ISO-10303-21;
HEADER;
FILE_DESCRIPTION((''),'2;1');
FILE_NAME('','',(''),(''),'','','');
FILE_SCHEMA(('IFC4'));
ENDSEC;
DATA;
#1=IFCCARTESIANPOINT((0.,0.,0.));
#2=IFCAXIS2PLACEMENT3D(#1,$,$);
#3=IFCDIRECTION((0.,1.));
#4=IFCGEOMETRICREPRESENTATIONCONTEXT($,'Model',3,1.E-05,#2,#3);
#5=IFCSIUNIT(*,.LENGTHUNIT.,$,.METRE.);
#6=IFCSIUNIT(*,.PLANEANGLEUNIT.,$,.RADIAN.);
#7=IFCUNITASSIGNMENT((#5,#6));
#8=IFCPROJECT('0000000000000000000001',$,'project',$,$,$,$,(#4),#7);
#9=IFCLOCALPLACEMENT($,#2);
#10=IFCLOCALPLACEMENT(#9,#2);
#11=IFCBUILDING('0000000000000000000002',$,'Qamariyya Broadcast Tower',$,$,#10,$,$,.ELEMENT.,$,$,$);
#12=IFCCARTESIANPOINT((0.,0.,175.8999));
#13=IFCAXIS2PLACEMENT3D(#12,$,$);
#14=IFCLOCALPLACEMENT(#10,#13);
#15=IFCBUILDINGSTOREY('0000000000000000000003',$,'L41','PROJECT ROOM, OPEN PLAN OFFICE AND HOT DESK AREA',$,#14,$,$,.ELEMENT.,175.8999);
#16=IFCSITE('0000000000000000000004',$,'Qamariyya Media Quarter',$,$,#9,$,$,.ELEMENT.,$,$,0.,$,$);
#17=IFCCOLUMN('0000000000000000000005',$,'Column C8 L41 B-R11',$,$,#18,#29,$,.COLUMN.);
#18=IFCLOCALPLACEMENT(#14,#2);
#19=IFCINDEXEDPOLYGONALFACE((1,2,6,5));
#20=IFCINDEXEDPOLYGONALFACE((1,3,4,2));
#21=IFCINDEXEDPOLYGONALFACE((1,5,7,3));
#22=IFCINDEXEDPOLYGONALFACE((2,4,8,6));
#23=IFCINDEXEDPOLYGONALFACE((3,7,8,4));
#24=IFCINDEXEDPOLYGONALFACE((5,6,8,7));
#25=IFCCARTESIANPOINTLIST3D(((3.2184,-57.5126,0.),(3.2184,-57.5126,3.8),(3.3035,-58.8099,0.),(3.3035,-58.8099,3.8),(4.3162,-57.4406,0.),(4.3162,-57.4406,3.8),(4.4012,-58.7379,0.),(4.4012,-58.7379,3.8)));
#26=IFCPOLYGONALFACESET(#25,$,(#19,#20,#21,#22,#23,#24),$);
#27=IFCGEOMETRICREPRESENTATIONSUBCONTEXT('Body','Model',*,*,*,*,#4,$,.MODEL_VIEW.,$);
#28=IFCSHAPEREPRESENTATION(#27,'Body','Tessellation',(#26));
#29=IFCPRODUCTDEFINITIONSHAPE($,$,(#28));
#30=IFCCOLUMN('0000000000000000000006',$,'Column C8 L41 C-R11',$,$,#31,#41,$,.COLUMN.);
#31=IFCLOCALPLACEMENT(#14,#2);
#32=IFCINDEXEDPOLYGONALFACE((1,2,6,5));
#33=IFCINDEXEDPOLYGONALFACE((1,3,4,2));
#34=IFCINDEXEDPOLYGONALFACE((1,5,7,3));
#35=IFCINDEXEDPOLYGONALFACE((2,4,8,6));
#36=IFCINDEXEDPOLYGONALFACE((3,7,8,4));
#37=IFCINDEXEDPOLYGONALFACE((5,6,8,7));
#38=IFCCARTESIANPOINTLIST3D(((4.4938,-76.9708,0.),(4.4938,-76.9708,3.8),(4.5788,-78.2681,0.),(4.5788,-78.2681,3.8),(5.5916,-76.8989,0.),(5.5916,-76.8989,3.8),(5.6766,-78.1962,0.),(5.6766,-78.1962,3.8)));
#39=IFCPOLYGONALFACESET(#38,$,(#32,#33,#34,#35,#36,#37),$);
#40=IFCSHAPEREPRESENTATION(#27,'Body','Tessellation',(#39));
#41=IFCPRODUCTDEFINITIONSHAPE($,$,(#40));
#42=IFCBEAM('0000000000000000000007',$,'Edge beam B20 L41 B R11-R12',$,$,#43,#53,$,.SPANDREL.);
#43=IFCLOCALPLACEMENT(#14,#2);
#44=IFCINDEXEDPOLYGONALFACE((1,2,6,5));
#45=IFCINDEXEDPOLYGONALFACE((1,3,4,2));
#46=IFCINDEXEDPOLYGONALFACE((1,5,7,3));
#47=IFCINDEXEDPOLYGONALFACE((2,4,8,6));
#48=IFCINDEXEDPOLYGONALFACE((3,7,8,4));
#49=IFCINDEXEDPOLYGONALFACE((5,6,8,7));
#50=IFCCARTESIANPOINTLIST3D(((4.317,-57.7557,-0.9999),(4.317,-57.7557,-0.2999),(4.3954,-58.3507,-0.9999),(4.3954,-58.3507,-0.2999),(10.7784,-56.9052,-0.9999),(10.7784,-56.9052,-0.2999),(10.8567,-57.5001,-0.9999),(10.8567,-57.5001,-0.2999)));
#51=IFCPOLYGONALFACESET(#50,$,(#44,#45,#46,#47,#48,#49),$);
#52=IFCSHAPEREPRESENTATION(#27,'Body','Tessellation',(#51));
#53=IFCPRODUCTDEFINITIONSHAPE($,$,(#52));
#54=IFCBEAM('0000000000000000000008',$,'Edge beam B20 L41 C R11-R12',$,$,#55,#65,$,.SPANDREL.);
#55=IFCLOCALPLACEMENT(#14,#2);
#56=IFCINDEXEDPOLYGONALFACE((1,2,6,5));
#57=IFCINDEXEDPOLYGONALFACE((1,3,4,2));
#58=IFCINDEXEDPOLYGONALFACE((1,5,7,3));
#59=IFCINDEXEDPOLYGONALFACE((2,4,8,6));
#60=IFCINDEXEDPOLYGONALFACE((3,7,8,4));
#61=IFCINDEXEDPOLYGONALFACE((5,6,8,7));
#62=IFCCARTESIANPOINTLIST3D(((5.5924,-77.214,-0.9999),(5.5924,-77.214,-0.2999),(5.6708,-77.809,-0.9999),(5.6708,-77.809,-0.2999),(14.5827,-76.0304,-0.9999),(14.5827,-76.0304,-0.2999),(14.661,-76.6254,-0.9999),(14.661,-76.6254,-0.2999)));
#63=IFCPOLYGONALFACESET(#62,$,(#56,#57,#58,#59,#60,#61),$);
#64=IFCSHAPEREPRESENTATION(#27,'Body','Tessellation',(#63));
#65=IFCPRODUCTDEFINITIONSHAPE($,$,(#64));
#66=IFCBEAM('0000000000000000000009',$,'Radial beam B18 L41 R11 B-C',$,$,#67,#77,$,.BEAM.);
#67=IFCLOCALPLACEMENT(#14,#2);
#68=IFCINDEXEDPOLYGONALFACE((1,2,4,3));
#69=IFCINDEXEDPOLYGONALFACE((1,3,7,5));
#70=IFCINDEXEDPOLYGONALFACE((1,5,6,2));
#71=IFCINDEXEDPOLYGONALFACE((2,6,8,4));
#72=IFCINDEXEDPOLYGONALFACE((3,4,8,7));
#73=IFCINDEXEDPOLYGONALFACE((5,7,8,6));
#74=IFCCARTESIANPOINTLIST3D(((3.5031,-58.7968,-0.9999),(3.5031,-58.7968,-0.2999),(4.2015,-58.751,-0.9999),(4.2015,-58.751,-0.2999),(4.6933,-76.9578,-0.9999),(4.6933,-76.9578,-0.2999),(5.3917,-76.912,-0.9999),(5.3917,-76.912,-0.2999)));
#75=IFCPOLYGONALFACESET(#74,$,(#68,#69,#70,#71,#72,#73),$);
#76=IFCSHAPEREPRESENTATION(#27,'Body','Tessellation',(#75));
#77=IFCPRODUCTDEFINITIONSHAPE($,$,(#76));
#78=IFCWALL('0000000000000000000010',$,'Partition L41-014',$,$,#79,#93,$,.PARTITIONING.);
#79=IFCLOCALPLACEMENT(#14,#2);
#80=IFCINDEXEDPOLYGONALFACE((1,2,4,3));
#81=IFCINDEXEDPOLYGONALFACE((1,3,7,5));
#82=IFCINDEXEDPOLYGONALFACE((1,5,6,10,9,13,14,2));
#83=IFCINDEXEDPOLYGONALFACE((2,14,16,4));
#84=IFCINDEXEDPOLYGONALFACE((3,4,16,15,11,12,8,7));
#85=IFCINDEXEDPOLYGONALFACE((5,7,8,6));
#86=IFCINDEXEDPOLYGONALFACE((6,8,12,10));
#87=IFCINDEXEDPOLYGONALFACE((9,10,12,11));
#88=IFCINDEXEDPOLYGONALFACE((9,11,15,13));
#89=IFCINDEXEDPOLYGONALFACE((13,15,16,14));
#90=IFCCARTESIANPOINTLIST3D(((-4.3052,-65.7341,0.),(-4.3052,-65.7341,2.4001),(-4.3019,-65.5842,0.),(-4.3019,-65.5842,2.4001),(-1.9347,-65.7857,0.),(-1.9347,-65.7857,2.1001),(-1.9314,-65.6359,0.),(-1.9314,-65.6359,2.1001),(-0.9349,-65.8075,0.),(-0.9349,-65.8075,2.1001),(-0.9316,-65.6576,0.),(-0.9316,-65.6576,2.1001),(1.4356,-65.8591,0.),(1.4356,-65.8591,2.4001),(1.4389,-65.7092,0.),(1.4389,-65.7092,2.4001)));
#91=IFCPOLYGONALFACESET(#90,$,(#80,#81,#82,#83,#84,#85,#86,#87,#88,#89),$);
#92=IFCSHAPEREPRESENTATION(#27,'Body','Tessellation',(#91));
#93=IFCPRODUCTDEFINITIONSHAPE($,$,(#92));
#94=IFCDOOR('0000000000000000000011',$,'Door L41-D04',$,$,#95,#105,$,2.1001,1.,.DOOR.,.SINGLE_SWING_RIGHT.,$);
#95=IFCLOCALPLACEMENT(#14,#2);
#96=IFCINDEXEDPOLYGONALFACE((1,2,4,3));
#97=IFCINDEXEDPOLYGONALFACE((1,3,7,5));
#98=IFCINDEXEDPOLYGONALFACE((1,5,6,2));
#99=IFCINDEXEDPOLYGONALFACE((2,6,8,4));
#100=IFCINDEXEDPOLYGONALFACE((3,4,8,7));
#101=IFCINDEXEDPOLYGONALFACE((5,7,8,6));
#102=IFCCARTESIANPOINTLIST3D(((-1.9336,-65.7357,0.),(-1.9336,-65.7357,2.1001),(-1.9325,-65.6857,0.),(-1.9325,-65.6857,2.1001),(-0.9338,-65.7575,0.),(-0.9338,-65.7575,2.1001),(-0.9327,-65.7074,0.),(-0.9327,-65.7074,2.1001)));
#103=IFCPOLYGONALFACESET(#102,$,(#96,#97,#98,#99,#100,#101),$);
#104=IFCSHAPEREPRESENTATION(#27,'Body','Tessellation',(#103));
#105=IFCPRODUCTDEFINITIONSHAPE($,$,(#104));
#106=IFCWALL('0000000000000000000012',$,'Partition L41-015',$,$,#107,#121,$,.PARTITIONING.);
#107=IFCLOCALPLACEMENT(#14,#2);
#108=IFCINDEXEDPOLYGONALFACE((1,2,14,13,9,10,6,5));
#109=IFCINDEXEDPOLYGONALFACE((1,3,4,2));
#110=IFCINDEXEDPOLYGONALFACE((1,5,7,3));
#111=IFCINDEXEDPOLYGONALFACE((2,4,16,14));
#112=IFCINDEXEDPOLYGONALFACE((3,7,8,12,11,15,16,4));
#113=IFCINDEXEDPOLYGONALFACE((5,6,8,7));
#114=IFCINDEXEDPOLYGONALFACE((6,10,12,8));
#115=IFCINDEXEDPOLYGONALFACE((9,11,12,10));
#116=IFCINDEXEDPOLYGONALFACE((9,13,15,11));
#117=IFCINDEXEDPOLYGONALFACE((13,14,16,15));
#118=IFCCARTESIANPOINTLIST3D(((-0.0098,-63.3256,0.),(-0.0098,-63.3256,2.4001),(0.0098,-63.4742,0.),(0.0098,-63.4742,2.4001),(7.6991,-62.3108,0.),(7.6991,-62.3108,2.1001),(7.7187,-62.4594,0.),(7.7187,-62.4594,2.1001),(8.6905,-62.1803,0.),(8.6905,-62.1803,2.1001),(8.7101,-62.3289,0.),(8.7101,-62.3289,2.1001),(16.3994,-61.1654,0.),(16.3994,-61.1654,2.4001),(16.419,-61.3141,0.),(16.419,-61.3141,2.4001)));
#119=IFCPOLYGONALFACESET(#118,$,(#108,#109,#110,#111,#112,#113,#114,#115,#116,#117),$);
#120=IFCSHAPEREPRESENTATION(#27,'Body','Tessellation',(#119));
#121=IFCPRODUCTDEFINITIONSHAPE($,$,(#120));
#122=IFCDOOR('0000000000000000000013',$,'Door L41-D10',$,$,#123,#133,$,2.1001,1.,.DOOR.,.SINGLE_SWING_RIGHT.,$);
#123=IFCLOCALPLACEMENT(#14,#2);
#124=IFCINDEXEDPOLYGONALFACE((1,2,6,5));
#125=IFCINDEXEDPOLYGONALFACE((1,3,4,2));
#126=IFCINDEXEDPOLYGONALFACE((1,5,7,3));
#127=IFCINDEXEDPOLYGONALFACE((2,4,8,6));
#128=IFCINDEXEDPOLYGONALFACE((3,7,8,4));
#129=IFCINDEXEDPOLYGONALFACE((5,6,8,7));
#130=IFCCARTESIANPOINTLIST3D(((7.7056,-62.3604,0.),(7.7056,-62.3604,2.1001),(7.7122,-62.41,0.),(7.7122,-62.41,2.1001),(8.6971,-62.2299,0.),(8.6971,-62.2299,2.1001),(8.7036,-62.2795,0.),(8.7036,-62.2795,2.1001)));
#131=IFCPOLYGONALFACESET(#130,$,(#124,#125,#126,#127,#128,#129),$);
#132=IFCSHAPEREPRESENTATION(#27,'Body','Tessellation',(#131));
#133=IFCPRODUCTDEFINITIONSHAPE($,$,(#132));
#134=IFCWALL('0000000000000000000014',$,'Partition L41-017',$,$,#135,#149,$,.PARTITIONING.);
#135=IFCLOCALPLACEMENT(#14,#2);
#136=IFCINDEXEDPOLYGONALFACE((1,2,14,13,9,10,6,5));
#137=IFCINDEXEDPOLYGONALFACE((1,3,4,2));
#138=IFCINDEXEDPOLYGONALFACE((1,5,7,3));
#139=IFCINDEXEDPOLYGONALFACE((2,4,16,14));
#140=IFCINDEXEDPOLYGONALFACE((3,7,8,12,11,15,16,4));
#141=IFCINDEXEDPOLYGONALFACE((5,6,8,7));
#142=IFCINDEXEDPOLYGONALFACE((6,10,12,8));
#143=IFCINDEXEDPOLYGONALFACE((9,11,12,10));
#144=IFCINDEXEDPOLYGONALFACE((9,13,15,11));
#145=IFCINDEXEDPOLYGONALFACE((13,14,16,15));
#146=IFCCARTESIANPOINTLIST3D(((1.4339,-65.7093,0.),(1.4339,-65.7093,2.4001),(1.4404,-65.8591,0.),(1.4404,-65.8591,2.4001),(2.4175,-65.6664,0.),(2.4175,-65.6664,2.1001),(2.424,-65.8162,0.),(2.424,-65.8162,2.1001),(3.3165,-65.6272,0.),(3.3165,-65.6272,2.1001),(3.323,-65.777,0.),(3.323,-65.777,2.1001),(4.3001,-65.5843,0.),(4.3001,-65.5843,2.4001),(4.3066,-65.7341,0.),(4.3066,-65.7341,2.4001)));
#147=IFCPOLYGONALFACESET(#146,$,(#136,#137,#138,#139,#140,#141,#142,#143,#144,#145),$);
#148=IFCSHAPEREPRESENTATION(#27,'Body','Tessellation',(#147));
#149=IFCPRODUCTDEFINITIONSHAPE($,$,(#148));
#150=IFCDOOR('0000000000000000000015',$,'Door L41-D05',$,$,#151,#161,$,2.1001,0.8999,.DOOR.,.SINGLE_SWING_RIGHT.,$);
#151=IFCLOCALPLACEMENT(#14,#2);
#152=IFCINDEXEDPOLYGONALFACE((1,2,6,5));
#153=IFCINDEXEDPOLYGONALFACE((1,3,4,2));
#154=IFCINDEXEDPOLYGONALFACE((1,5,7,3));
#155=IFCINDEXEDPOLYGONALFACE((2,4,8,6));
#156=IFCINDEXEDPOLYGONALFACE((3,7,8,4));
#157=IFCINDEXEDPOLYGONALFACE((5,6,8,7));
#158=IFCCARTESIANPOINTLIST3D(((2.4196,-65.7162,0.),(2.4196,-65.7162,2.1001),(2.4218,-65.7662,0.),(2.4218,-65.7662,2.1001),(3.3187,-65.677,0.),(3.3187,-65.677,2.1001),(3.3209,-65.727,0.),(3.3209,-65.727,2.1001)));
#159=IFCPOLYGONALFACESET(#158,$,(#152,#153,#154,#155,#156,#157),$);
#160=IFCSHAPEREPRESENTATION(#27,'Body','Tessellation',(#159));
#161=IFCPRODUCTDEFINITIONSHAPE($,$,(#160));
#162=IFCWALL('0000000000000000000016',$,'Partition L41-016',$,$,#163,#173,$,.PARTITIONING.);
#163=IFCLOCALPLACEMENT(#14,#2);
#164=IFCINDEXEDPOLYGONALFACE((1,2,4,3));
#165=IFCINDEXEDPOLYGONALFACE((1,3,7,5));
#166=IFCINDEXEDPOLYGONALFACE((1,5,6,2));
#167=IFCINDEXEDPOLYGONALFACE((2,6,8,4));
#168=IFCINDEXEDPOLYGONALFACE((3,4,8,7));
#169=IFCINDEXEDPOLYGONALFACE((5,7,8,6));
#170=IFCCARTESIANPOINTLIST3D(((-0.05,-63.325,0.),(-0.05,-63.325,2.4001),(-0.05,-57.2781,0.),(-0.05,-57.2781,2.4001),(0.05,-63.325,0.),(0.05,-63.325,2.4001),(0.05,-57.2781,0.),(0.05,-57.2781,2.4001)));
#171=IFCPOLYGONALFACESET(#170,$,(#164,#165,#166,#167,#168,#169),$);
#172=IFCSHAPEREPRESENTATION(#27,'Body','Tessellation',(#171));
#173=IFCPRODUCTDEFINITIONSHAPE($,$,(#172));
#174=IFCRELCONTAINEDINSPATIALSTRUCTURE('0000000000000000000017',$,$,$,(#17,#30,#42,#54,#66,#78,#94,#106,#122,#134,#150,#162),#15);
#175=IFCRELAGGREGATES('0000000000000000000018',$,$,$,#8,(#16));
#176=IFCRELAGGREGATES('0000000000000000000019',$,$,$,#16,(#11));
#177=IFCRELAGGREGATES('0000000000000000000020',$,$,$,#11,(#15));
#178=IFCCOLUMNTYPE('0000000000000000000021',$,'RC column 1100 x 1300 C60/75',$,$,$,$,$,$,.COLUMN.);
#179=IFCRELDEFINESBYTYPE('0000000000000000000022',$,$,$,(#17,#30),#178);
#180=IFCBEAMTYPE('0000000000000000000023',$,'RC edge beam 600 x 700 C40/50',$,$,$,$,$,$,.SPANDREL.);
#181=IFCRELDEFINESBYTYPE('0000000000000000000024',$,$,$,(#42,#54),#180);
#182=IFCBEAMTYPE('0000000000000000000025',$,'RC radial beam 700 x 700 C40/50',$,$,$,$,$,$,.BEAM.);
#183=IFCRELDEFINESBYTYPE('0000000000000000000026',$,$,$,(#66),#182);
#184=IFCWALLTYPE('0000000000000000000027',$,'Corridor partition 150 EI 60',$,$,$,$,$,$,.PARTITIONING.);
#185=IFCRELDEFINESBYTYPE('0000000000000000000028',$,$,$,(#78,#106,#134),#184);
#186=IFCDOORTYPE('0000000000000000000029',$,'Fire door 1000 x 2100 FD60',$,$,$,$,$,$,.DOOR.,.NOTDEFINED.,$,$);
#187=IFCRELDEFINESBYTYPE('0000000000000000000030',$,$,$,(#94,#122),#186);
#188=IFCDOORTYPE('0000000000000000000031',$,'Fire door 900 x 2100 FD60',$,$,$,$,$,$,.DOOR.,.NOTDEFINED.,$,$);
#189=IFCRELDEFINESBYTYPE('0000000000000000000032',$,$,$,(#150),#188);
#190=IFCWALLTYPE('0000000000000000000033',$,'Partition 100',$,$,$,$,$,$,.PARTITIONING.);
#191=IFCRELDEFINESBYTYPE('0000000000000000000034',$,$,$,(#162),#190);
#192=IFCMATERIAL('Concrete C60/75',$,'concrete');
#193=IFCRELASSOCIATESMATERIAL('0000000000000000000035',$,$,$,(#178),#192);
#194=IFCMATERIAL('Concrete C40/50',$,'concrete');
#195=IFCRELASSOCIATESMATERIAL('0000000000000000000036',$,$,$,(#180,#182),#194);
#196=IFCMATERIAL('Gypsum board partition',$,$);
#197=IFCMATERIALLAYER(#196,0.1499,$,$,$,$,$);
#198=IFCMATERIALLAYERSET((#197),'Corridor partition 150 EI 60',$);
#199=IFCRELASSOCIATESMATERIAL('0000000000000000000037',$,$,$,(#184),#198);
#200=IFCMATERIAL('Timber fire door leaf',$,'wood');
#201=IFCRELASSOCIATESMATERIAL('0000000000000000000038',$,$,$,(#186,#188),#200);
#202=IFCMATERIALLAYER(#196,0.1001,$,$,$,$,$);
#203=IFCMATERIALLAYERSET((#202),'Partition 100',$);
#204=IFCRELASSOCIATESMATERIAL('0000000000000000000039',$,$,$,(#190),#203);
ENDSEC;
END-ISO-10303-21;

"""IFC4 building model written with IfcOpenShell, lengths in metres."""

from ifc_helpers import new_model, si_unit, direction, frame, frame_2d, origin, origin_2d, place, context, subcontext, project, spatial, rectangle, extrude, material, layer, layer_set, material_profile, profile_set, type_object, element, fill, save


model = new_model("IFC4")

# Units and contexts
model_context = context("Model", 3, precision=1e-05, world=origin(), true_north=direction((0.0, 1.0)))
body_context = subcontext(model_context, "Body", "Model", "MODEL_VIEW")
ifc_project = project(units=[si_unit("LENGTHUNIT", "METRE"), si_unit("PLANEANGLEUNIT", "RADIAN")], contexts=[model_context])

# Site, building, storey
site_placement = place(None, origin())
site = spatial("IfcSite", under=ifc_project, at=site_placement, Name="Qamariyya Media Quarter", CompositionType="ELEMENT", RefElevation=0.0)
building_placement = place(site_placement, origin())
building = spatial("IfcBuilding", under=site, at=building_placement, Name="Qamariyya Broadcast Tower", CompositionType="ELEMENT")
storey_placement = place(building_placement, frame((0.0, 0.0, 175.8999)))
storey = spatial("IfcBuildingStorey", under=building, at=storey_placement, Name="L41", Description="PROJECT ROOM, OPEN PLAN OFFICE AND HOT DESK AREA", CompositionType="ELEMENT", Elevation=175.8999)

# Columns
ifc_material_1 = material(Name="Concrete C60/75", Category="concrete")
ifc_material_profile_1 = material_profile(ifc_material_1, rectangle(XDim=1.1001, YDim=1.3, at=origin_2d()))
ifc_profile_set_1 = profile_set([ifc_material_profile_1], Name="Concrete C60/75")
column_type = type_object("IfcColumnType", Name="RC column 1100 x 1300 C60/75", PredefinedType="COLUMN", material=ifc_profile_set_1)
for number, where, z_axis, x_axis, name in (
    (1, (3.8098, -58.1252, 0.0), (0.0, 0.0, 1.0), (0.997859, 0.065403, 0.0), "Column C8 L41 B-R11"),
    (2, (5.0852, -77.5835, 0.0), (0.0, 0.0, 1.0), (0.997859, 0.065403, 0.0), "Column C8 L41 C-R11"),
):
    element("IfcColumn", number, at=place(storey_placement, frame(where, z_axis=z_axis, x_axis=x_axis)), inside=storey, type_object=column_type, Name=name, PredefinedType="COLUMN", context=body_context, shape_type="SweptSolid", body=[
        extrude(rectangle(XDim=1.1001, YDim=1.3, at=origin_2d()), origin(), (0.0, 0.0, 1.0), 3.8),
    ])

# Beams
ifc_material_2 = material(Name="Concrete C40/50", Category="concrete")
ifc_material_profile_2 = material_profile(ifc_material_2, rectangle(XDim=0.6001, YDim=0.7, at=origin_2d()))
ifc_profile_set_2 = profile_set([ifc_material_profile_2], Name="Concrete C40/50")
beam_type_1 = type_object("IfcBeamType", Name="RC edge beam 600 x 700 C40/50", PredefinedType="SPANDREL", material=ifc_profile_set_2)
beam_1_placement = place(storey_placement, frame((4.3562, -58.0532, -0.6499), z_axis=(0.991446, 0.130515, 0.0), x_axis=(-0.130515, 0.991446, 0.0)))
element("IfcBeam", 3, at=beam_1_placement, inside=storey, type_object=beam_type_1, Name="Edge beam B20 L41 B R11-R12", PredefinedType="SPANDREL", context=body_context, shape_type="SweptSolid", body=[
    extrude(rectangle(XDim=0.6001, YDim=0.7, at=origin_2d()), origin(), (0.0, 0.0, 1.0), 6.5171),
])
beam_2_placement = place(storey_placement, frame((5.6316, -77.5115, -0.6499), z_axis=(0.991445, 0.130527, 0.0), x_axis=(-0.130527, 0.991445, 0.0)))
element("IfcBeam", 4, at=beam_2_placement, inside=storey, type_object=beam_type_1, Name="Edge beam B20 L41 C R11-R12", PredefinedType="SPANDREL", context=body_context, shape_type="SweptSolid", body=[
    extrude(rectangle(XDim=0.6001, YDim=0.7, at=origin_2d()), origin(), (0.0, 0.0, 1.0), 9.0679),
])
ifc_material_profile_3 = material_profile(ifc_material_2, rectangle(XDim=0.7, YDim=0.7, at=origin_2d()))
ifc_profile_set_3 = profile_set([ifc_material_profile_3], Name="Concrete C40/50")
beam_type_2 = type_object("IfcBeamType", Name="RC radial beam 700 x 700 C40/50", PredefinedType="BEAM", material=ifc_profile_set_3)
beam_3_placement = place(storey_placement, frame((3.8523, -58.7739, -0.6499), z_axis=(0.065395, -0.997859, 0.0), x_axis=(0.997859, 0.065395, 0.0)))
element("IfcBeam", 5, at=beam_3_placement, inside=storey, type_object=beam_type_2, Name="Radial beam B18 L41 R11 B-C", PredefinedType="BEAM", context=body_context, shape_type="SweptSolid", body=[
    extrude(rectangle(XDim=0.7, YDim=0.7, at=origin_2d()), origin(), (0.0, 0.0, 1.0), 18.2),
])

# Walls, openings, doors
ifc_material_3 = material(Name="Gypsum board partition")
ifc_layer_1 = layer(ifc_material_3, 0.1499)
ifc_layer_set_1 = layer_set([ifc_layer_1], Name="Corridor partition 150 EI 60")
wall_type_1 = type_object("IfcWallType", Name="Corridor partition 150 EI 60", PredefinedType="PARTITIONING", material=ifc_layer_set_1)
wall_1_placement = place(storey_placement, frame((1.4373, -65.7842, 0.0), z_axis=(0.0, 0.0, 1.0), x_axis=(-0.999763, 0.021769, 0.0)))
wall_1 = element("IfcWall", 6, at=wall_1_placement, inside=storey, type_object=wall_type_1, Name="Partition L41-014", PredefinedType="PARTITIONING", context=body_context, shape_type="SweptSolid", body=[
    extrude(rectangle(XDim=5.7422, YDim=0.1499, at=frame_2d((2.8711, 0.0))), origin(), (0.0, 0.0, 1.0), 2.4001),
])
opening_1_placement = place(wall_1_placement, frame((2.3711, 0.0, 0.0)))
opening_1 = element("IfcOpeningElement", 7, at=opening_1_placement, cuts=wall_1, PredefinedType="OPENING", context=body_context, shape_type="SweptSolid", body=[
    extrude(rectangle(XDim=1.0, YDim=2.1001, at=frame_2d((0.5, 1.05))), frame((0.0, 0.085, 0.0), z_axis=(0.0, -1.0, 0.0), x_axis=(1.0, 0.0, 0.0)), (0.0, 0.0, 1.0), 0.1699),
])
ifc_material_4 = material(Name="Timber fire door leaf", Category="wood")
door_type_1 = type_object("IfcDoorType", Name="Fire door 1000 x 2100 FD60", OperationType="NOTDEFINED", PredefinedType="DOOR", material=ifc_material_4)
door_1_placement = place(opening_1_placement, origin())
door_1 = element("IfcDoor", 8, at=door_1_placement, inside=storey, type_object=door_type_1, Name="Door L41-D04", OperationType="SINGLE_SWING_RIGHT", OverallHeight=2.1001, OverallWidth=1.0, PredefinedType="DOOR", context=body_context, shape_type="SweptSolid", body=[
    extrude(rectangle(XDim=1.0, YDim=2.1001, at=frame_2d((0.5, 1.05))), frame((0.0, 0.0249, 0.0), z_axis=(0.0, -1.0, 0.0), x_axis=(1.0, 0.0, 0.0)), (0.0, 0.0, 1.0), 0.05),
])
fill(opening_1, door_1)
wall_2_placement = place(storey_placement, frame((0.0, -63.3999, 0.0), z_axis=(0.0, 0.0, 1.0), x_axis=(0.991446, 0.130517, 0.0)))
wall_2 = element("IfcWall", 9, at=wall_2_placement, inside=storey, type_object=wall_type_1, Name="Partition L41-015", PredefinedType="PARTITIONING", context=body_context, shape_type="SweptSolid", body=[
    extrude(rectangle(XDim=16.5508, YDim=0.1499, at=frame_2d((8.2754, 0.0))), origin(), (0.0, 0.0, 1.0), 2.4001),
])
opening_2_placement = place(wall_2_placement, frame((7.7754, 0.0, 0.0)))
opening_2 = element("IfcOpeningElement", 10, at=opening_2_placement, cuts=wall_2, PredefinedType="OPENING", context=body_context, shape_type="SweptSolid", body=[
    extrude(rectangle(XDim=1.0, YDim=2.1001, at=frame_2d((0.5, 1.05))), frame((0.0, 0.085, 0.0), z_axis=(0.0, -1.0, 0.0), x_axis=(1.0, 0.0, 0.0)), (0.0, 0.0, 1.0), 0.1699),
])
door_2_placement = place(opening_2_placement, origin())
door_2 = element("IfcDoor", 11, at=door_2_placement, inside=storey, type_object=door_type_1, Name="Door L41-D10", OperationType="SINGLE_SWING_RIGHT", OverallHeight=2.1001, OverallWidth=1.0, PredefinedType="DOOR", context=body_context, shape_type="SweptSolid", body=[
    extrude(rectangle(XDim=1.0, YDim=2.1001, at=frame_2d((0.5, 1.05))), frame((0.0, 0.0249, 0.0), z_axis=(0.0, -1.0, 0.0), x_axis=(1.0, 0.0, 0.0)), (0.0, 0.0, 1.0), 0.05),
])
fill(opening_2, door_2)
wall_3_placement = place(storey_placement, frame((4.3035, -65.6592, 0.0), z_axis=(0.0, 0.0, 1.0), x_axis=(-0.99905, -0.04357, 0.0)))
wall_3 = element("IfcWall", 12, at=wall_3_placement, inside=storey, type_object=wall_type_1, Name="Partition L41-017", PredefinedType="PARTITIONING", context=body_context, shape_type="SweptSolid", body=[
    extrude(rectangle(XDim=2.8689, YDim=0.1499, at=frame_2d((1.4346, 0.0))), origin(), (0.0, 0.0, 1.0), 2.4001),
])
opening_3_placement = place(wall_3_placement, frame((0.9846, 0.0, 0.0)))
opening_3 = element("IfcOpeningElement", 13, at=opening_3_placement, cuts=wall_3, PredefinedType="OPENING", context=body_context, shape_type="SweptSolid", body=[
    extrude(rectangle(XDim=0.8999, YDim=2.1001, at=frame_2d((0.45, 1.05))), frame((0.0, 0.085, 0.0), z_axis=(0.0, -1.0, 0.0), x_axis=(1.0, 0.0, 0.0)), (0.0, 0.0, 1.0), 0.1699),
])
door_type_2 = type_object("IfcDoorType", Name="Fire door 900 x 2100 FD60", OperationType="NOTDEFINED", PredefinedType="DOOR", material=ifc_material_4)
door_3_placement = place(opening_3_placement, origin())
door_3 = element("IfcDoor", 14, at=door_3_placement, inside=storey, type_object=door_type_2, Name="Door L41-D05", OperationType="SINGLE_SWING_RIGHT", OverallHeight=2.1001, OverallWidth=0.8999, PredefinedType="DOOR", context=body_context, shape_type="SweptSolid", body=[
    extrude(rectangle(XDim=0.8999, YDim=2.1001, at=frame_2d((0.45, 1.05))), frame((0.0, 0.0249, 0.0), z_axis=(0.0, -1.0, 0.0), x_axis=(1.0, 0.0, 0.0)), (0.0, 0.0, 1.0), 0.05),
])
fill(opening_3, door_3)

# Wall
ifc_layer_2 = layer(ifc_material_3, 0.1001)
ifc_layer_set_2 = layer_set([ifc_layer_2], Name="Partition 100")
wall_type_2 = type_object("IfcWallType", Name="Partition 100", PredefinedType="PARTITIONING", material=ifc_layer_set_2)
wall_4_placement = place(storey_placement, frame((0.0, -57.2781, 0.0), z_axis=(0.0, 0.0, 1.0), x_axis=(0.0, -1.0, 0.0)))
element("IfcWall", 15, at=wall_4_placement, inside=storey, type_object=wall_type_2, Name="Partition L41-016", PredefinedType="PARTITIONING", context=body_context, shape_type="SweptSolid", body=[
    extrude(rectangle(XDim=6.0469, YDim=0.1001, at=frame_2d((3.0234, 0.0))), origin(), (0.0, 0.0, 1.0), 2.4001),
])

save(model, "model.ifc")
